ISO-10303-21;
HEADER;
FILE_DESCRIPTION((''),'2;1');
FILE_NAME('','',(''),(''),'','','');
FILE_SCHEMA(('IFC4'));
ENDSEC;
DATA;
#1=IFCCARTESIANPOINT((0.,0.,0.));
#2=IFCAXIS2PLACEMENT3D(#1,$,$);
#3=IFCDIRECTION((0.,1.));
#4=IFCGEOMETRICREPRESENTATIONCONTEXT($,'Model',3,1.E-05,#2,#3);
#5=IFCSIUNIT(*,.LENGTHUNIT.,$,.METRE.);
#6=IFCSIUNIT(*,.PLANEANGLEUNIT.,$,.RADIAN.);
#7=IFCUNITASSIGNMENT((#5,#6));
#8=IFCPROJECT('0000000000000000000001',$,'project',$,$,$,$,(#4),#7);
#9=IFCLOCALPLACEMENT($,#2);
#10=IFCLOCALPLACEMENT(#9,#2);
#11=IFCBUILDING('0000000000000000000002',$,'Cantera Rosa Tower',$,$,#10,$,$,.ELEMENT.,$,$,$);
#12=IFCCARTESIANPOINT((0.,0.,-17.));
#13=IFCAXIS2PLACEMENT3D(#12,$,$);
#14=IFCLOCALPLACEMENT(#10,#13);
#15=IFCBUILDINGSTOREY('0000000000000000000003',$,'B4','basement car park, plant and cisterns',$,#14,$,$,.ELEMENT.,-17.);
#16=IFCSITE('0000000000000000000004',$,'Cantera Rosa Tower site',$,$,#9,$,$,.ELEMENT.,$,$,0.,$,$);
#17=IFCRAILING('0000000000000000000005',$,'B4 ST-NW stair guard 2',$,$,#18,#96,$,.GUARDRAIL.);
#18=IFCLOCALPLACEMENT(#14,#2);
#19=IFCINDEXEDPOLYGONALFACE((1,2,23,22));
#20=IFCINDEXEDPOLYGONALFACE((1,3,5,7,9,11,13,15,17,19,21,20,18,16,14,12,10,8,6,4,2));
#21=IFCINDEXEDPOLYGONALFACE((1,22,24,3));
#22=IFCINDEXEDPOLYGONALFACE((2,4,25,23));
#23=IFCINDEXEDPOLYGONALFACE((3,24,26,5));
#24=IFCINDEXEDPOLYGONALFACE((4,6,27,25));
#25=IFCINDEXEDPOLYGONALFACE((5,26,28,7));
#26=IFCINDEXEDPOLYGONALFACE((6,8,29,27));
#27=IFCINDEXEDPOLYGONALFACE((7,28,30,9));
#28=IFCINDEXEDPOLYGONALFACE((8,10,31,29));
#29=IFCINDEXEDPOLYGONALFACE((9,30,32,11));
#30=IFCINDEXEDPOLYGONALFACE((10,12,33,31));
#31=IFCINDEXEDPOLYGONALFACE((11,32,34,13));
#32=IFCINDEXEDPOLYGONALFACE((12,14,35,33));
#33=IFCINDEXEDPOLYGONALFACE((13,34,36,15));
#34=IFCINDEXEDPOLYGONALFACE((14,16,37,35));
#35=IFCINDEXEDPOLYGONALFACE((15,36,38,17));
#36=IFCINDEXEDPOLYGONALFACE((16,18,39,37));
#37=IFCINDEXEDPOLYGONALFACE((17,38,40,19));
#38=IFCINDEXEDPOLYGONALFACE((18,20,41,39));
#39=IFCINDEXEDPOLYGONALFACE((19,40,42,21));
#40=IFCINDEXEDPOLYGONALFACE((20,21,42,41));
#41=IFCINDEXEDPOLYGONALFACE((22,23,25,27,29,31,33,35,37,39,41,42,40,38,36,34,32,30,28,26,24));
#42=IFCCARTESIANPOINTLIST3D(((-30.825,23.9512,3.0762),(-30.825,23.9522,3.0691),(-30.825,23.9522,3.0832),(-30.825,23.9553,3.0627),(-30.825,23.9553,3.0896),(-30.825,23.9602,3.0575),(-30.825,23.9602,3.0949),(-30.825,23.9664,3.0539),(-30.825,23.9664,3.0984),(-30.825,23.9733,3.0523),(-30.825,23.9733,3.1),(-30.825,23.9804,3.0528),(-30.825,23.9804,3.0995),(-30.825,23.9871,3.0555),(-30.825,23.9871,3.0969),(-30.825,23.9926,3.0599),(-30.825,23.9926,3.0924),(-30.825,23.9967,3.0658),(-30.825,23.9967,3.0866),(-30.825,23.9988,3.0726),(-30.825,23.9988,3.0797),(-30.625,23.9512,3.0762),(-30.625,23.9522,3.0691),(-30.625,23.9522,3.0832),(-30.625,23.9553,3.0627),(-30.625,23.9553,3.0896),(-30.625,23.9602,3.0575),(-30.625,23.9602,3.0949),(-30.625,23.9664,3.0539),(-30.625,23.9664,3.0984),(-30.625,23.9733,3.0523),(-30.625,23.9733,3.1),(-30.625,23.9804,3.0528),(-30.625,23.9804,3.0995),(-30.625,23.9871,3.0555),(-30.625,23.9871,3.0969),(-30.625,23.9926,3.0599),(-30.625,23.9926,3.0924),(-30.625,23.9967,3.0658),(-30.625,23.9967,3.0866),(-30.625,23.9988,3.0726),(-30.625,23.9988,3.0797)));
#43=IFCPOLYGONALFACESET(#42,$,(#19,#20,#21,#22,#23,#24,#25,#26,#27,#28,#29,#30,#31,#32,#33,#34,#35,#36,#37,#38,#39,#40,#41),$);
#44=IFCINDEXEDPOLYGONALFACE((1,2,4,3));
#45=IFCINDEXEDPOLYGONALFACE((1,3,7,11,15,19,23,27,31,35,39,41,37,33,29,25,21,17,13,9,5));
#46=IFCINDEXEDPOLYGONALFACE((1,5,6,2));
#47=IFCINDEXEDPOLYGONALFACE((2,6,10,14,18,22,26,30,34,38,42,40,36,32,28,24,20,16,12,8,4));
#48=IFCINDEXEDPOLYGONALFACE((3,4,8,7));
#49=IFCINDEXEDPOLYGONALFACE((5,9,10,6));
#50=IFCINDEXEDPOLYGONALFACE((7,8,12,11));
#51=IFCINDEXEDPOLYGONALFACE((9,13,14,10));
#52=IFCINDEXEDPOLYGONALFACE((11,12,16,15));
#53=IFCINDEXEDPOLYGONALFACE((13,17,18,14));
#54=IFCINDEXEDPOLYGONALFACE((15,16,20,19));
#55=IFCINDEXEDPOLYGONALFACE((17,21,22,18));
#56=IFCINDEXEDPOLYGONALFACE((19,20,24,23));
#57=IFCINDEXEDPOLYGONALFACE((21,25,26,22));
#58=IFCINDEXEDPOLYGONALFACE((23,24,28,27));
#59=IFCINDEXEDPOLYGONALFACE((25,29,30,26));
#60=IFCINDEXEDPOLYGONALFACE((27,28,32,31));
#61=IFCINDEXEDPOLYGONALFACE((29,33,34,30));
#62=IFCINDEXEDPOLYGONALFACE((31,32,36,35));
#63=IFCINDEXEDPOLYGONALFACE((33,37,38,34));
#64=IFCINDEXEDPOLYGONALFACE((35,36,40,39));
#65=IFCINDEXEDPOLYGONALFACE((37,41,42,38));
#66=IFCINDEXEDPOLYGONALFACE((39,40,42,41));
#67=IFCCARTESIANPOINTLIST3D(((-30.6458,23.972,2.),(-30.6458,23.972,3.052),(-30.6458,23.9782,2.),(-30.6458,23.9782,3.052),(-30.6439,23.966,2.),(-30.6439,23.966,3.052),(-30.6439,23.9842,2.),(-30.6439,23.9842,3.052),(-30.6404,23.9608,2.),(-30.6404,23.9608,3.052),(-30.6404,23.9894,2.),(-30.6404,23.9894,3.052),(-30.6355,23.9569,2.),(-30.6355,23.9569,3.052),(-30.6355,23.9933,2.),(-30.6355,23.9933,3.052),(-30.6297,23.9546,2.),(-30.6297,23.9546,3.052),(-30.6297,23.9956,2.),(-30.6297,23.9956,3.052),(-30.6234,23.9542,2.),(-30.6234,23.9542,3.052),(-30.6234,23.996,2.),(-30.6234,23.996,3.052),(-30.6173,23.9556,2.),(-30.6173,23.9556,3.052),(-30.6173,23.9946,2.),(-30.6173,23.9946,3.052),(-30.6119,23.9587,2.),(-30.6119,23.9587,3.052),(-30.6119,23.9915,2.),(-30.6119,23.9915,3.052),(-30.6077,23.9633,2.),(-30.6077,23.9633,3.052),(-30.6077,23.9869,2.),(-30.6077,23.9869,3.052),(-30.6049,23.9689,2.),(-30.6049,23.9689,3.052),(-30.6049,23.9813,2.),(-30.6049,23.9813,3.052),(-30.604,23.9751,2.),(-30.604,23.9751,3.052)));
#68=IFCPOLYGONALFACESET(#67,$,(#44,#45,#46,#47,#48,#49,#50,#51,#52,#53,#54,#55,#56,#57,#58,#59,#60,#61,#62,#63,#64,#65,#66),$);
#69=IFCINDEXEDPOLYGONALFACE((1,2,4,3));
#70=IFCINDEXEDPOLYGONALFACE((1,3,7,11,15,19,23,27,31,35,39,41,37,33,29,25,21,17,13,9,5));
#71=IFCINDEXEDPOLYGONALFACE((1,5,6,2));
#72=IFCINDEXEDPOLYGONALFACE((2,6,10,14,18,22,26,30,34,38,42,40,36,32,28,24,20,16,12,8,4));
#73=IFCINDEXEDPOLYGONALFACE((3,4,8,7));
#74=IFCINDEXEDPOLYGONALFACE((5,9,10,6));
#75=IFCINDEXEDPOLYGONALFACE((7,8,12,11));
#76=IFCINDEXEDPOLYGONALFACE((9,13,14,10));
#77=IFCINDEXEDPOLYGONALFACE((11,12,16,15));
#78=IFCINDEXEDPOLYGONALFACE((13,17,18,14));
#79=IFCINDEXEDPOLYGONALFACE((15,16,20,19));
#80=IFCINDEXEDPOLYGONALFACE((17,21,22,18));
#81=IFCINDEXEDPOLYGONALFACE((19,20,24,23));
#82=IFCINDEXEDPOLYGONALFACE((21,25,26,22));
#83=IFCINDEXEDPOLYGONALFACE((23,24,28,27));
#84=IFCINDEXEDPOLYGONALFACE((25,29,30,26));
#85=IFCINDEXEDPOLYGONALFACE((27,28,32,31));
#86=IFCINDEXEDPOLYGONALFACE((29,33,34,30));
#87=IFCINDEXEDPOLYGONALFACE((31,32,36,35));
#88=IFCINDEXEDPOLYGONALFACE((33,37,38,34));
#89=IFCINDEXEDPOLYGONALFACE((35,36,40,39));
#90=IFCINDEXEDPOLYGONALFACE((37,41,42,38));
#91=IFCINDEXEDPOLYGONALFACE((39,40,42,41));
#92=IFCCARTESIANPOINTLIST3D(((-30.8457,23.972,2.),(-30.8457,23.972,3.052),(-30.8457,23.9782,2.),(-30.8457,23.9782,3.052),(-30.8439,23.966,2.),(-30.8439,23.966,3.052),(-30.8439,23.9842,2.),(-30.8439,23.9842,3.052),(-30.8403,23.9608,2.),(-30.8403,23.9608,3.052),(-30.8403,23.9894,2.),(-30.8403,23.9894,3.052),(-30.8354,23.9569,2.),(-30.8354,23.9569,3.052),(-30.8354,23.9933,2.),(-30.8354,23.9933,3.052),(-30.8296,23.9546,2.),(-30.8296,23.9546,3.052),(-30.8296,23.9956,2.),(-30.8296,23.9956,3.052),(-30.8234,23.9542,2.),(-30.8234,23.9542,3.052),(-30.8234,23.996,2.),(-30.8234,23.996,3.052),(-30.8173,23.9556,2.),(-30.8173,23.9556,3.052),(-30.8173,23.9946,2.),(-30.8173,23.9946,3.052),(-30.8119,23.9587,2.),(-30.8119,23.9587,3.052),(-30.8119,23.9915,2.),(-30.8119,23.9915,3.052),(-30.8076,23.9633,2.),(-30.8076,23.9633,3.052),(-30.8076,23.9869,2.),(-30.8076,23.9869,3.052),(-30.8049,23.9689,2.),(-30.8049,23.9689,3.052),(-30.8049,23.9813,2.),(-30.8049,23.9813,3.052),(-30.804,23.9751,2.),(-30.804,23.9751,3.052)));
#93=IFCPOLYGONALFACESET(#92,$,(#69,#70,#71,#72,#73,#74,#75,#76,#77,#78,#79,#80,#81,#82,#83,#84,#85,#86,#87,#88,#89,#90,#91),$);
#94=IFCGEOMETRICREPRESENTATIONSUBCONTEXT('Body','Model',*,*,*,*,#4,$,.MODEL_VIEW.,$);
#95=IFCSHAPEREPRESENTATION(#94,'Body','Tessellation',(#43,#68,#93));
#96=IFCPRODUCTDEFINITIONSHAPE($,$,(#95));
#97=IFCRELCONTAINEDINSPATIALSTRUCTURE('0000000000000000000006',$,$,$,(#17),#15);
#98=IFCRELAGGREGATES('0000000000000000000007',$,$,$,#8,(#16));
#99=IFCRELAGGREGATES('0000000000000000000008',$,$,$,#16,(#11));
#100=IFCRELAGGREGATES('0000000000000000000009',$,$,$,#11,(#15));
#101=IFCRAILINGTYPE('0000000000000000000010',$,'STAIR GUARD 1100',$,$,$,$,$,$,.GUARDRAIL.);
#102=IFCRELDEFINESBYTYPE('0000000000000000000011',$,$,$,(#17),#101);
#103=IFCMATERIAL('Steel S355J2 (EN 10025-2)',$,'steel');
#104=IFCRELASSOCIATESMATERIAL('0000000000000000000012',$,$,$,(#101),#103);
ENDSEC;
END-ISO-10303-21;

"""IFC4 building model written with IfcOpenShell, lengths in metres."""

from ifc_helpers import new_model, si_unit, direction, frame, origin, origin_2d, place, context, subcontext, project, spatial, circle, extrude, material, type_object, element, save


model = new_model("IFC4")

# Units and contexts
model_context = context("Model", 3, precision=1e-05, world=origin(), true_north=direction((0.0, 1.0)))
body_context = subcontext(model_context, "Body", "Model", "MODEL_VIEW")
ifc_project = project(units=[si_unit("LENGTHUNIT", "METRE"), si_unit("PLANEANGLEUNIT", "RADIAN")], contexts=[model_context])

# Site, building, storey
site_placement = place(None, origin())
site = spatial("IfcSite", under=ifc_project, at=site_placement, Name="Cantera Rosa Tower site", CompositionType="ELEMENT", RefElevation=0.0)
building_placement = place(site_placement, origin())
building = spatial("IfcBuilding", under=site, at=building_placement, Name="Cantera Rosa Tower", CompositionType="ELEMENT")
storey_placement = place(building_placement, frame((0.0, 0.0, -17.0)))
storey = spatial("IfcBuildingStorey", under=building, at=storey_placement, Name="B4", Description="basement car park, plant and cisterns", CompositionType="ELEMENT", Elevation=-17.0)

# Railing
ifc_material_1 = material(Name="Steel S355J2 (EN 10025-2)", Category="steel")
railing_type_1 = type_object("IfcRailingType", Name="STAIR GUARD 1100", PredefinedType="GUARDRAIL", material=ifc_material_1)
railing_1_placement = place(storey_placement, frame((-30.625, 23.9751, 2.0)))
element("IfcRailing", 1, at=railing_1_placement, inside=storey, type_object=railing_type_1, Name="B4 ST-NW stair guard 2", PredefinedType="GUARDRAIL", context=body_context, shape_type="SweptSolid", body=[
    extrude(circle(Radius=0.0239, at=origin_2d()), frame((0.0, 0.0, 1.0762), z_axis=(-1.0, 0.0, 0.0), x_axis=(0.0, -1.0, 0.0)), (0.0, 0.0, 1.0), 0.2),
    extrude(circle(Radius=0.021, at=origin_2d()), origin(), (0.0, 0.0, 1.0), 1.052),
    extrude(circle(Radius=0.021, at=origin_2d()), frame((-0.2, 0.0, 0.0)), (0.0, 0.0, 1.0), 1.052),
])

save(model, "model.ifc")
